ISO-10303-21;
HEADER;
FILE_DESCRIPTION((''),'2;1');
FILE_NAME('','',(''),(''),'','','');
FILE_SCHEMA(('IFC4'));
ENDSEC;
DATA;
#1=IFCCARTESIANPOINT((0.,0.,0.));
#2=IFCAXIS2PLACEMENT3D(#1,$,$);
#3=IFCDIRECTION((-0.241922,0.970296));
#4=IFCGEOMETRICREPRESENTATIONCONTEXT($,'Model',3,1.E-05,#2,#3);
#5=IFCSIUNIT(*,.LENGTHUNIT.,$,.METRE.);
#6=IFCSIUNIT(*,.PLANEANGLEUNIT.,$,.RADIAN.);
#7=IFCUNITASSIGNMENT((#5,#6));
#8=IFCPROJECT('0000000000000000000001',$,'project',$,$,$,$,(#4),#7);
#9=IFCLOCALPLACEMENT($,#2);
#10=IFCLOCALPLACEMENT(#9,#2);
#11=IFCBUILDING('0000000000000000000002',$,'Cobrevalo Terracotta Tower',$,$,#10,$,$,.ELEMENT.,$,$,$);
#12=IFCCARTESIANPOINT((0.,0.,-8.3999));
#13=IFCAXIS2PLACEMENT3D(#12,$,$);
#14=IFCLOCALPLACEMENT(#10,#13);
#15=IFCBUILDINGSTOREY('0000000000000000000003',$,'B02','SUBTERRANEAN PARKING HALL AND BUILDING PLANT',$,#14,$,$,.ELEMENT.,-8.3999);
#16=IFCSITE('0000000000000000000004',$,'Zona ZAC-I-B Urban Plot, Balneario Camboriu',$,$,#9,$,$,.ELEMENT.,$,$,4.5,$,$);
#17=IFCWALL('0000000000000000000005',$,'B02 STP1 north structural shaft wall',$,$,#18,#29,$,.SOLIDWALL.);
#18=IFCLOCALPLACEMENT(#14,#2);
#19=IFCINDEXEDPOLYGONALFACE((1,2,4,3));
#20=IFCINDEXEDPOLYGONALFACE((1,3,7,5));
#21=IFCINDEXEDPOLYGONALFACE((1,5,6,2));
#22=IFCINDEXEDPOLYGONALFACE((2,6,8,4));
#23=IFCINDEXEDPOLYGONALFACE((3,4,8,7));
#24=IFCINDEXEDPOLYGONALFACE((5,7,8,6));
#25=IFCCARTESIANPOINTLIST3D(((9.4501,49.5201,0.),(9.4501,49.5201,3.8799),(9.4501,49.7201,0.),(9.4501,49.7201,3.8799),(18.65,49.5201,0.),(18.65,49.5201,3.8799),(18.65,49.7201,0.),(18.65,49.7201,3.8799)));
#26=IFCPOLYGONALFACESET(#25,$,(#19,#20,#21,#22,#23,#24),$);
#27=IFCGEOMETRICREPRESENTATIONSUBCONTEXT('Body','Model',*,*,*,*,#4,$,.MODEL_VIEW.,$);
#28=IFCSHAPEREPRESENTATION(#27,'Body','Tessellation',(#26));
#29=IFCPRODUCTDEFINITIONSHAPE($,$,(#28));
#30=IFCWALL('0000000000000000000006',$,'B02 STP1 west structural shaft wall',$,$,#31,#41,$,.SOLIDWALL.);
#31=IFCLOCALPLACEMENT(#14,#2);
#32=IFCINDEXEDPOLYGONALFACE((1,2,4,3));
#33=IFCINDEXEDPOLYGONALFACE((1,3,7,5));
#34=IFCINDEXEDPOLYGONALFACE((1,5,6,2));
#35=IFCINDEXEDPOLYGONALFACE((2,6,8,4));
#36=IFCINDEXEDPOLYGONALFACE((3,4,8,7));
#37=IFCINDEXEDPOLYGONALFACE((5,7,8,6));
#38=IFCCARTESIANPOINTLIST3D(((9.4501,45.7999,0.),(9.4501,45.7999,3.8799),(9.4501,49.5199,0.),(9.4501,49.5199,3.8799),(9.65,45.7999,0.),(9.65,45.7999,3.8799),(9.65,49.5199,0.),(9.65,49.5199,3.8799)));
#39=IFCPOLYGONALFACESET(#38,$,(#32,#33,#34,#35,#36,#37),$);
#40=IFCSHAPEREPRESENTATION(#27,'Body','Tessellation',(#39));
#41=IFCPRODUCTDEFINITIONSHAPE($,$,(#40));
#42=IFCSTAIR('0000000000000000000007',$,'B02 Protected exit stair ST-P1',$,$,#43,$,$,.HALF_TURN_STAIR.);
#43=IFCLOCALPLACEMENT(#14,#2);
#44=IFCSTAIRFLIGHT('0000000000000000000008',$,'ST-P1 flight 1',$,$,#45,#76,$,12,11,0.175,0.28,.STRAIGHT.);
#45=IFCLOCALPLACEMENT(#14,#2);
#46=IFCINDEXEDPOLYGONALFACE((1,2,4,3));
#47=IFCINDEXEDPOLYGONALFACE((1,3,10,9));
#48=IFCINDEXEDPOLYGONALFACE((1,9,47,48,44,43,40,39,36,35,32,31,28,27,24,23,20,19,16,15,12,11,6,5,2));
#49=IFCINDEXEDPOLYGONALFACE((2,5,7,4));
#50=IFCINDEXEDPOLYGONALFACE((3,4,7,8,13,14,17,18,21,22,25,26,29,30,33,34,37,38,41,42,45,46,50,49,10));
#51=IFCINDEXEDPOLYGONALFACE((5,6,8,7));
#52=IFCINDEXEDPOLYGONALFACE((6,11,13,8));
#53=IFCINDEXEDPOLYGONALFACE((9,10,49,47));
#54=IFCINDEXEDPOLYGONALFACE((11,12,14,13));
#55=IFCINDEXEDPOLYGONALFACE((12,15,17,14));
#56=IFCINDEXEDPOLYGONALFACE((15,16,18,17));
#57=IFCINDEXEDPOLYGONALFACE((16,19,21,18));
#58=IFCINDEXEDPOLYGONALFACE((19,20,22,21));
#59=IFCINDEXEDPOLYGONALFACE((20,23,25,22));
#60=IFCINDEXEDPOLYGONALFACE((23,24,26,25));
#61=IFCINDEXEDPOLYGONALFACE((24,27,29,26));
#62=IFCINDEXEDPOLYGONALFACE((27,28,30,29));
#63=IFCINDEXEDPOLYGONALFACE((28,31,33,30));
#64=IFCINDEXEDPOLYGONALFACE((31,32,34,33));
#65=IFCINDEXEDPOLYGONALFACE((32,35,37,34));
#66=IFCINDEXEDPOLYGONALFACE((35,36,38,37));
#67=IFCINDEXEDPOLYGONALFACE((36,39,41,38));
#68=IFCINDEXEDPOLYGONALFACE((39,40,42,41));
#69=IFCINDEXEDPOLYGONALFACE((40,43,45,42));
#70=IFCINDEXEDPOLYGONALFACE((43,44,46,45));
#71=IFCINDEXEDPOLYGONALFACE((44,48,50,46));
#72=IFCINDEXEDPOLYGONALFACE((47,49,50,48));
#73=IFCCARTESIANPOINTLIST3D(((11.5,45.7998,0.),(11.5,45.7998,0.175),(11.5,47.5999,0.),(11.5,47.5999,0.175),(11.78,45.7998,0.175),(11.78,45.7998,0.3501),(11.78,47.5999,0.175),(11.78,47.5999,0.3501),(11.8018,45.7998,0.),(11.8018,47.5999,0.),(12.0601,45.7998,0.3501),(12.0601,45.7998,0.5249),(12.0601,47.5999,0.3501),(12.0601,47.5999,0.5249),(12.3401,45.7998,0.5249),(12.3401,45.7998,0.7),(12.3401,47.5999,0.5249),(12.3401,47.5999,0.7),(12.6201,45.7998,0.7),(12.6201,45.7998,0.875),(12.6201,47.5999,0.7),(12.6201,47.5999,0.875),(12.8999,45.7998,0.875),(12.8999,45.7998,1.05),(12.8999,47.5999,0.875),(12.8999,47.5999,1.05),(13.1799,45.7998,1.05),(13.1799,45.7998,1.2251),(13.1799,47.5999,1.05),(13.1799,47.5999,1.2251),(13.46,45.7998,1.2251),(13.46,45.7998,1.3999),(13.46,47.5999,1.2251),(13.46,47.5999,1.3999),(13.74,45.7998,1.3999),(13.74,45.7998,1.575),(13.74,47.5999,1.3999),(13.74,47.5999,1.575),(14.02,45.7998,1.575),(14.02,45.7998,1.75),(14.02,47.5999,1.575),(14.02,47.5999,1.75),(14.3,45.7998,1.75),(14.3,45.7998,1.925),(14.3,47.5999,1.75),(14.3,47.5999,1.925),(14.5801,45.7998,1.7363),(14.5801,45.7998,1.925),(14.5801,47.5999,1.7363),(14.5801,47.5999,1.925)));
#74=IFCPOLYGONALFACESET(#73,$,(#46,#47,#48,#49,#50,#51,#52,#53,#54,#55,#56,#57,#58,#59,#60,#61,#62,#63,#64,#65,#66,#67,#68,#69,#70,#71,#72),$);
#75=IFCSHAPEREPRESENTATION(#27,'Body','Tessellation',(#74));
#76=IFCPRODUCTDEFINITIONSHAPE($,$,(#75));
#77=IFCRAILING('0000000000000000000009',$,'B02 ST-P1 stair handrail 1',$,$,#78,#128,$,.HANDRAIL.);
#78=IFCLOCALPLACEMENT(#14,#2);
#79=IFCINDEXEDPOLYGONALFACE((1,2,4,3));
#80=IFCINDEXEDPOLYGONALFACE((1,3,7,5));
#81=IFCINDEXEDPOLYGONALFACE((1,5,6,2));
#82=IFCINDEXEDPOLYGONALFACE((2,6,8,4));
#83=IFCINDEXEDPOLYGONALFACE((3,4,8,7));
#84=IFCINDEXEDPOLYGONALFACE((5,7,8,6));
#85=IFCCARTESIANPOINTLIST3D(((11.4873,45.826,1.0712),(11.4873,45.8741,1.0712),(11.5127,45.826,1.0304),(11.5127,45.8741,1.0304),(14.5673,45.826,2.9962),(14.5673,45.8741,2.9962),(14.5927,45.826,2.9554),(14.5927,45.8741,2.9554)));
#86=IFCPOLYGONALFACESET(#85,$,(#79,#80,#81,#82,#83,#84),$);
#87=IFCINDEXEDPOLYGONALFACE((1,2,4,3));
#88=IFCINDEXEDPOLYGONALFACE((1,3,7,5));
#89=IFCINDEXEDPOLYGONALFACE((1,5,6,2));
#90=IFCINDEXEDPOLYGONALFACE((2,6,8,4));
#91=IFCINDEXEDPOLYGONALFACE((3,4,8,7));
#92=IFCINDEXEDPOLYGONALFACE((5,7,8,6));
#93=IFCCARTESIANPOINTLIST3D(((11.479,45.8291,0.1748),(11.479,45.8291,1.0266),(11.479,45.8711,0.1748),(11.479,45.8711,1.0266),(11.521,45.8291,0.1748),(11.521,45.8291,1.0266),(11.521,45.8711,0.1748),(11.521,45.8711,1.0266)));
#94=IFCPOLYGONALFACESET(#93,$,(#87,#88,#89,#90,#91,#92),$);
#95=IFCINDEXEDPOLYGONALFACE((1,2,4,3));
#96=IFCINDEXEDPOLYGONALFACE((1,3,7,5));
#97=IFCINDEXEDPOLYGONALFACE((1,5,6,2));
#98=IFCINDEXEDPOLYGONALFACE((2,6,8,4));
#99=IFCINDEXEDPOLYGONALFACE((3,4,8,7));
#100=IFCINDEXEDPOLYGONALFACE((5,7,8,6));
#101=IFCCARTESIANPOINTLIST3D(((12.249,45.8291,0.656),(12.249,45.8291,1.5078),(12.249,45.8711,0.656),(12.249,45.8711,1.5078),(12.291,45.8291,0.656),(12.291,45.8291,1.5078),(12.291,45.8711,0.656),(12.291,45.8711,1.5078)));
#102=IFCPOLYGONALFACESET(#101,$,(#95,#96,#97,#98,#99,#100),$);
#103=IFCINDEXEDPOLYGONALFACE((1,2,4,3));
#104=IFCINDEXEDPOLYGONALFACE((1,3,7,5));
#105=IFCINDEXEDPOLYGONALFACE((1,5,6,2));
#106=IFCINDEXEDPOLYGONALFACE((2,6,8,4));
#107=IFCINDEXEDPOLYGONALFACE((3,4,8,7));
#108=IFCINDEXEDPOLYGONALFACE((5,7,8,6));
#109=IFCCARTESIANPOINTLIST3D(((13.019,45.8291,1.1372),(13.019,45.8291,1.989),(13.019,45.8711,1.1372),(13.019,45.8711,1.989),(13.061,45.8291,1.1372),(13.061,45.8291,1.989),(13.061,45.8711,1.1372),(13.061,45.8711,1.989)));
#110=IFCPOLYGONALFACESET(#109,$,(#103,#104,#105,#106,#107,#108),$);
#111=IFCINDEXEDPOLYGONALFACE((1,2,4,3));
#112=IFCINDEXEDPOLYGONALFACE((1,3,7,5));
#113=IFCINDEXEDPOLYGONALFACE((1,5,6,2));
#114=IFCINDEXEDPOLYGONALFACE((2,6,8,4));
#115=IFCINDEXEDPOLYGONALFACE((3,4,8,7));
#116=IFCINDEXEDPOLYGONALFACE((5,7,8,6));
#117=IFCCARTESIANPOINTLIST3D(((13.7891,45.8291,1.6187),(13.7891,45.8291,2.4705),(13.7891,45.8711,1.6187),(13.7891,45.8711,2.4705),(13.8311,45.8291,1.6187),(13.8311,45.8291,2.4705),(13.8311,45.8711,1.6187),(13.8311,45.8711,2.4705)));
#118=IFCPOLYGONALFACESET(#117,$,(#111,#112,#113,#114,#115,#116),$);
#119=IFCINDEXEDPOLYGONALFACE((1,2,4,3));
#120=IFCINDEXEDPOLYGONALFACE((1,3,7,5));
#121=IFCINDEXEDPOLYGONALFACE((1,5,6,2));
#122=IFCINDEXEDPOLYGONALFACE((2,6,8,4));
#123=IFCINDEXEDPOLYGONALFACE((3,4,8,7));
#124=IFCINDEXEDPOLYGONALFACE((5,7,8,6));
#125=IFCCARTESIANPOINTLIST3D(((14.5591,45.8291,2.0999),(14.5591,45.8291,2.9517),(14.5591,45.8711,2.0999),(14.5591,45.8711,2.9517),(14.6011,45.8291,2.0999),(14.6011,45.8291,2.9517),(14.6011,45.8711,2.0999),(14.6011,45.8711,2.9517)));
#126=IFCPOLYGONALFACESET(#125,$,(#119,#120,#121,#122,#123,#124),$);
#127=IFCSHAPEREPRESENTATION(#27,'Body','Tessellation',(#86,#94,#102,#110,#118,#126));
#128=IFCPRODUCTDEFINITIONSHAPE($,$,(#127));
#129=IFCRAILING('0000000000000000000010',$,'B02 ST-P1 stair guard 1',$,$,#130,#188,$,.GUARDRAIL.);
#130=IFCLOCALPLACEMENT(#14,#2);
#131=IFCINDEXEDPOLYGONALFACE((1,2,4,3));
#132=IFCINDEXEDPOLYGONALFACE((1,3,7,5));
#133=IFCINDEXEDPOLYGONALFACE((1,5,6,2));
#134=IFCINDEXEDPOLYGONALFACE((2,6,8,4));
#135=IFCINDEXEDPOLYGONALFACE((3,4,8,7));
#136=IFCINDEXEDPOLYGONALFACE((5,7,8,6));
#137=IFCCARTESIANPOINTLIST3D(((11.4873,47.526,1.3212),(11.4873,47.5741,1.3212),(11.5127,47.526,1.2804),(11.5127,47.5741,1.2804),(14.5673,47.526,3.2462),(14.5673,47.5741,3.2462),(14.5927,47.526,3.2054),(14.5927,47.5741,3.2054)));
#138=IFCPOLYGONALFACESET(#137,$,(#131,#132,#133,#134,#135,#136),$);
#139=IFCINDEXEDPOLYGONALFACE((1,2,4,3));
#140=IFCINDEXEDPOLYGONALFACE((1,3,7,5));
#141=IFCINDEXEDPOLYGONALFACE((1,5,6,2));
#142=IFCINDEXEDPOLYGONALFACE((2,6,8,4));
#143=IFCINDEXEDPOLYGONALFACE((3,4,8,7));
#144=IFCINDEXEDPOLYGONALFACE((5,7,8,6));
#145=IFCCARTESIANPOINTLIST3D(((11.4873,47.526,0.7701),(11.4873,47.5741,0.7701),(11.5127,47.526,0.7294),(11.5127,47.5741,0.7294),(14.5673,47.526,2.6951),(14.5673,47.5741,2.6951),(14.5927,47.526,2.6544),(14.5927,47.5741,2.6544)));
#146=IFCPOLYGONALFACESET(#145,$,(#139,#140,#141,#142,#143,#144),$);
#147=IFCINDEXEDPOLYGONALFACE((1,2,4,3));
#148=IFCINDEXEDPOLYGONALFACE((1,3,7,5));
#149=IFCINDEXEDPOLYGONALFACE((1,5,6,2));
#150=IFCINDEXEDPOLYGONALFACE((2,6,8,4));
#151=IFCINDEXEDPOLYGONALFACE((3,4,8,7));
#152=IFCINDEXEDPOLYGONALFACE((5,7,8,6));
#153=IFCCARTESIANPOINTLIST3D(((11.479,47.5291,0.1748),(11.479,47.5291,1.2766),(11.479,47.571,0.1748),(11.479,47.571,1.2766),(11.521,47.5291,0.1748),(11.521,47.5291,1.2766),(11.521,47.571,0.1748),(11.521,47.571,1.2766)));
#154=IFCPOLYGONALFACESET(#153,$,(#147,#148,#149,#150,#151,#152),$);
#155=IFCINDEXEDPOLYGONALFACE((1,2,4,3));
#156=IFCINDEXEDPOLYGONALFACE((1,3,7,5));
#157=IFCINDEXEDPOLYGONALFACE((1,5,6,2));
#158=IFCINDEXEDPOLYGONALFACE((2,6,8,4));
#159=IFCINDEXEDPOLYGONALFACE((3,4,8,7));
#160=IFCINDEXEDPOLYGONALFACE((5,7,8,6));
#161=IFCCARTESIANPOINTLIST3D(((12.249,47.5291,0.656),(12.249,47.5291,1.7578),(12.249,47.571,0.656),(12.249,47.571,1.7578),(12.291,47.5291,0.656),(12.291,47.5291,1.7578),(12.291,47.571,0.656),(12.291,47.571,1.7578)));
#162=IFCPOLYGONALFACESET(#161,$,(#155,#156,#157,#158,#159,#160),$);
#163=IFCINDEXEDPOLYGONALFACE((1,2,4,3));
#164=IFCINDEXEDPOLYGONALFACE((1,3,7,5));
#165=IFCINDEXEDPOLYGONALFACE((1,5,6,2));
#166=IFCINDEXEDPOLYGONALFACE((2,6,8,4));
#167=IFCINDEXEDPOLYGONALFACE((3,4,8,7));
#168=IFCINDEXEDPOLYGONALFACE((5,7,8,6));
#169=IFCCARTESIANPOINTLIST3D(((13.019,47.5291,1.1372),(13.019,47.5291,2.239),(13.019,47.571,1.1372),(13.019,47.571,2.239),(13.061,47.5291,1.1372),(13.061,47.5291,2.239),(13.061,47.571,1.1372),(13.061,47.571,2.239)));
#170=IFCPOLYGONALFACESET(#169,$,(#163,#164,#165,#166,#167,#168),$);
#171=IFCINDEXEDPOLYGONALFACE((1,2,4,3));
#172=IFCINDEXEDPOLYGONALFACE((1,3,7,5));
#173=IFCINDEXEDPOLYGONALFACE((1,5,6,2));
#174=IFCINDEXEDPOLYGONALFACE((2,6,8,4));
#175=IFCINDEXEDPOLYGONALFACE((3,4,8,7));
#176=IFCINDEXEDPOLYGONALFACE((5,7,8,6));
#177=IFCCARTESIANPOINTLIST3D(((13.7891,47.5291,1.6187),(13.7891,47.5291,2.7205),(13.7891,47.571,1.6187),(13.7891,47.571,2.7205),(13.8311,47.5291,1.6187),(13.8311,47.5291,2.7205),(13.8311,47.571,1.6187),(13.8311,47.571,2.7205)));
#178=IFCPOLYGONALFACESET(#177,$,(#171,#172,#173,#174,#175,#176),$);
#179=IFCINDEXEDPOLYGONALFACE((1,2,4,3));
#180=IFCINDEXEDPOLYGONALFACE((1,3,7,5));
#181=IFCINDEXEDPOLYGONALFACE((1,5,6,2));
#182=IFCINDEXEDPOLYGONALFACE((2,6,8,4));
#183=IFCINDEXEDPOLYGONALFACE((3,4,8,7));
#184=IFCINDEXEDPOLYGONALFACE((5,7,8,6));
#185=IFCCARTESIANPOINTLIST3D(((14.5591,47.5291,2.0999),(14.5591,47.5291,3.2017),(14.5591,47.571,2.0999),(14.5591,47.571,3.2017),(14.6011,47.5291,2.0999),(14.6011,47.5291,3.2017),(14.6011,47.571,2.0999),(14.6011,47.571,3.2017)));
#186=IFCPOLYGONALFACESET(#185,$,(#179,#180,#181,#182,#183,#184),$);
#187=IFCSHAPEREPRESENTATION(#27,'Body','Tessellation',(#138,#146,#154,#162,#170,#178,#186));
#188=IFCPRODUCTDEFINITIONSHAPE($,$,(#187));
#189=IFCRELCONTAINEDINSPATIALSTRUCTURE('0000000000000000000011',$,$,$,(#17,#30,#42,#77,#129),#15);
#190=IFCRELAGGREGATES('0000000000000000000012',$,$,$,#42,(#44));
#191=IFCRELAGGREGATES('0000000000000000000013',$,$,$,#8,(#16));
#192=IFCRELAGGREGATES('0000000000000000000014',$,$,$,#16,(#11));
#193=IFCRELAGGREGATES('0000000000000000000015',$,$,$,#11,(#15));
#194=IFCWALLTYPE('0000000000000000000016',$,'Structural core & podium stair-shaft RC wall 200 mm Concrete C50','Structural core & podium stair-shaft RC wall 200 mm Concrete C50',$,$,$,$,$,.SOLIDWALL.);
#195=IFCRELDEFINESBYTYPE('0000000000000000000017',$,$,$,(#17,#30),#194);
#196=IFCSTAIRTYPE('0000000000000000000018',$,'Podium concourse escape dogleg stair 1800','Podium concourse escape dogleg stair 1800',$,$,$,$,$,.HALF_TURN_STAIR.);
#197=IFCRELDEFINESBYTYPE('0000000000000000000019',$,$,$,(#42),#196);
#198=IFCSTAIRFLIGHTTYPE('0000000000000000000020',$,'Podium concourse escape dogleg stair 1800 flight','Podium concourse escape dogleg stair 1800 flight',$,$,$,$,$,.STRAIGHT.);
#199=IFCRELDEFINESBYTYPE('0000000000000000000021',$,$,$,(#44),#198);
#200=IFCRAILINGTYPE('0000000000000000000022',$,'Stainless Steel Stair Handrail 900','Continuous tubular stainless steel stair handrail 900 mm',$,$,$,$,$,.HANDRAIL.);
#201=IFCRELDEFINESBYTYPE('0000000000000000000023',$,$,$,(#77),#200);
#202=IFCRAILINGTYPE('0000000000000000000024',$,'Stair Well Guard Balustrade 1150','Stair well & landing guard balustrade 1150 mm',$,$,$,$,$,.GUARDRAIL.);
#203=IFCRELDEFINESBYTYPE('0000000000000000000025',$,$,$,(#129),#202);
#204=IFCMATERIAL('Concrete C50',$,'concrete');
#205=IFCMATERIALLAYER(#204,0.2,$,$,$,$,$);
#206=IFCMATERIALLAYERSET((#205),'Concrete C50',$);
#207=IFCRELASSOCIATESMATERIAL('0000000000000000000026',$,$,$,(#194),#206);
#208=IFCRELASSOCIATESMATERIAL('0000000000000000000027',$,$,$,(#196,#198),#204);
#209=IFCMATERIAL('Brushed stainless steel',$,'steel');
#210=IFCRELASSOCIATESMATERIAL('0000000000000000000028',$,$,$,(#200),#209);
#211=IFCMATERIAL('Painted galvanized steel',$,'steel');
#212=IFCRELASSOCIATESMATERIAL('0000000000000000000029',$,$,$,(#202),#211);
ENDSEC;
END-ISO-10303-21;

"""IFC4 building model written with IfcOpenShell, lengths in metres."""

from ifc_helpers import new_model, si_unit, direction, frame, frame_2d, origin, origin_2d, place, context, subcontext, project, spatial, polyline, rectangle, outline, extrude, material, layer, layer_set, type_object, element, aggregate, save


model = new_model("IFC4")

# Units and contexts
model_context = context("Model", 3, precision=1e-05, world=origin(), true_north=direction((-0.241922, 0.970296)))
body_context = subcontext(model_context, "Body", "Model", "MODEL_VIEW")
ifc_project = project(units=[si_unit("LENGTHUNIT", "METRE"), si_unit("PLANEANGLEUNIT", "RADIAN")], contexts=[model_context])

# Site, building, storey
site_placement = place(None, origin())
site = spatial("IfcSite", under=ifc_project, at=site_placement, Name="Zona ZAC-I-B Urban Plot, Balneario Camboriu", CompositionType="ELEMENT", RefElevation=4.5)
building_placement = place(site_placement, origin())
building = spatial("IfcBuilding", under=site, at=building_placement, Name="Cobrevalo Terracotta Tower", CompositionType="ELEMENT")
storey_placement = place(building_placement, frame((0.0, 0.0, -8.3999)))
storey = spatial("IfcBuildingStorey", under=building, at=storey_placement, Name="B02", Description="SUBTERRANEAN PARKING HALL AND BUILDING PLANT", CompositionType="ELEMENT", Elevation=-8.3999)

# Shared definitions
ifc_material_1 = material(Name="Concrete C50", Category="concrete")

# Shared definitions
ifc_layer_1 = layer(ifc_material_1, 0.2)
ifc_layer_set_1 = layer_set([ifc_layer_1], Name="Concrete C50")
wall_type_1 = type_object("IfcWallType", Name="Structural core & podium stair-shaft RC wall 200 mm Concrete C50", Description="Structural core & podium stair-shaft RC wall 200 mm Concrete C50", PredefinedType="SOLIDWALL", material=ifc_layer_set_1)

# Walls
wall_1_placement = place(storey_placement, frame((9.45, 49.6201, 0.0), z_axis=(0.0, 0.0, 1.0), x_axis=(1.0, 0.0, 0.0)))
element("IfcWall", 1, at=wall_1_placement, inside=storey, type_object=wall_type_1, Name="B02 STP1 north structural shaft wall", PredefinedType="SOLIDWALL", context=body_context, shape_type="SweptSolid", body=[
    extrude(rectangle(XDim=9.2, YDim=0.2, at=frame_2d((4.6001, 0.0))), origin(), (0.0, 0.0, 1.0), 3.8799),
])
wall_2_placement = place(storey_placement, frame((9.55, 45.8, 0.0), z_axis=(0.0, 0.0, 1.0), x_axis=(0.0, 1.0, 0.0)))
element("IfcWall", 2, at=wall_2_placement, inside=storey, type_object=wall_type_1, Name="B02 STP1 west structural shaft wall", PredefinedType="SOLIDWALL", context=body_context, shape_type="SweptSolid", body=[
    extrude(rectangle(XDim=3.72, YDim=0.2, at=frame_2d((1.8599, 0.0))), origin(), (0.0, 0.0, 1.0), 3.8799),
])

# Stair, stair flight
stair_type = type_object("IfcStairType", Name="Podium concourse escape dogleg stair 1800", Description="Podium concourse escape dogleg stair 1800", PredefinedType="HALF_TURN_STAIR", material=ifc_material_1)
stair_placement = place(storey_placement, origin())
stair = element("IfcStair", 3, at=stair_placement, inside=storey, type_object=stair_type, Name="B02 Protected exit stair ST-P1", PredefinedType="HALF_TURN_STAIR")
stair_flight_type = type_object("IfcStairFlightType", Name="Podium concourse escape dogleg stair 1800 flight", Description="Podium concourse escape dogleg stair 1800 flight", PredefinedType="STRAIGHT", material=ifc_material_1)
stair_flight_placement = place(storey_placement, frame((11.5, 46.7, 0.0), z_axis=(0.0, 0.0, 1.0), x_axis=(1.0, 0.0, 0.0)))
stair_flight = element("IfcStairFlight", 4, at=stair_flight_placement, type_object=stair_flight_type, Name="ST-P1 flight 1", NumberOfRisers=12, NumberOfTreads=11, PredefinedType="STRAIGHT", RiserHeight=0.175, TreadLength=0.28, context=body_context, shape_type="SweptSolid", body=[
    extrude(outline(polyline([(0.0, 0.0), (0.0, 0.175), (0.28, 0.175), (0.28, 0.3501), (0.5601, 0.3501), (0.5601, 0.5249), (0.8401, 0.5249), (0.8401, 0.7), (1.1201, 0.7), (1.1201, 0.875), (1.3999, 0.875), (1.3999, 1.05), (1.6799, 1.05), (1.6799, 1.2251), (1.96, 1.2251), (1.96, 1.3999), (2.24, 1.3999), (2.24, 1.575), (2.52, 1.575), (2.52, 1.75), (2.8, 1.75), (2.8, 1.925), (3.0801, 1.925), (3.0801, 2.1001), (3.0801, 1.7363), (0.3018, 0.0), (0.0, 0.0)])), frame((0.0, 0.8999, 0.0), z_axis=(0.0, -1.0, 0.0), x_axis=(1.0, 0.0, 0.0)), (0.0, 0.0, 1.0), 1.8),
])
aggregate(stair, [stair_flight])

# Railings
ifc_material_2 = material(Name="Brushed stainless steel", Category="steel")
railing_type_1 = type_object("IfcRailingType", Name="Stainless Steel Stair Handrail 900", Description="Continuous tubular stainless steel stair handrail 900 mm", PredefinedType="HANDRAIL", material=ifc_material_2)
railing_1_placement = place(storey_placement, frame((11.5, 45.8501, 0.1748)))
element("IfcRailing", 5, at=railing_1_placement, inside=storey, type_object=railing_type_1, Name="B02 ST-P1 stair handrail 1", PredefinedType="HANDRAIL", context=body_context, shape_type="SweptSolid", body=[
    extrude(rectangle(XDim=0.0481, YDim=0.0481, at=origin_2d()), frame((0.0, 0.0, 0.876), z_axis=(0.847998, 0.0, 0.529999), x_axis=(0.0, 1.0, 0.0)), (0.0, 0.0, 1.0), 3.6321),
    extrude(rectangle(XDim=0.042, YDim=0.042, at=origin_2d()), origin(), (0.0, 0.0, 1.0), 0.8518),
    extrude(rectangle(XDim=0.042, YDim=0.042, at=origin_2d()), frame((0.77, 0.0, 0.4812)), (0.0, 0.0, 1.0), 0.8518),
    extrude(rectangle(XDim=0.042, YDim=0.042, at=origin_2d()), frame((1.54, 0.0, 0.9624)), (0.0, 0.0, 1.0), 0.8518),
    extrude(rectangle(XDim=0.042, YDim=0.042, at=origin_2d()), frame((2.3101, 0.0, 1.4438)), (0.0, 0.0, 1.0), 0.8518),
    extrude(rectangle(XDim=0.042, YDim=0.042, at=origin_2d()), frame((3.0801, 0.0, 1.925)), (0.0, 0.0, 1.0), 0.8518),
])
ifc_material_3 = material(Name="Painted galvanized steel", Category="steel")
railing_type_2 = type_object("IfcRailingType", Name="Stair Well Guard Balustrade 1150", Description="Stair well & landing guard balustrade 1150 mm", PredefinedType="GUARDRAIL", material=ifc_material_3)
railing_2_placement = place(storey_placement, frame((11.5, 47.55, 0.1748)))
element("IfcRailing", 6, at=railing_2_placement, inside=storey, type_object=railing_type_2, Name="B02 ST-P1 stair guard 1", PredefinedType="GUARDRAIL", context=body_context, shape_type="SweptSolid", body=[
    extrude(rectangle(XDim=0.0481, YDim=0.0481, at=origin_2d()), frame((0.0, 0.0, 1.126), z_axis=(0.847998, 0.0, 0.529999), x_axis=(0.0, 1.0, 0.0)), (0.0, 0.0, 1.0), 3.6321),
    extrude(rectangle(XDim=0.0481, YDim=0.0481, at=origin_2d()), frame((0.0, 0.0, 0.575), z_axis=(0.847998, 0.0, 0.529999), x_axis=(0.0, 1.0, 0.0)), (0.0, 0.0, 1.0), 3.6321),
    extrude(rectangle(XDim=0.042, YDim=0.042, at=origin_2d()), origin(), (0.0, 0.0, 1.0), 1.1018),
    extrude(rectangle(XDim=0.042, YDim=0.042, at=origin_2d()), frame((0.77, 0.0, 0.4812)), (0.0, 0.0, 1.0), 1.1018),
    extrude(rectangle(XDim=0.042, YDim=0.042, at=origin_2d()), frame((1.54, 0.0, 0.9624)), (0.0, 0.0, 1.0), 1.1018),
    extrude(rectangle(XDim=0.042, YDim=0.042, at=origin_2d()), frame((2.3101, 0.0, 1.4438)), (0.0, 0.0, 1.0), 1.1018),
    extrude(rectangle(XDim=0.042, YDim=0.042, at=origin_2d()), frame((3.0801, 0.0, 1.925)), (0.0, 0.0, 1.0), 1.1018),
])

save(model, "model.ifc")
